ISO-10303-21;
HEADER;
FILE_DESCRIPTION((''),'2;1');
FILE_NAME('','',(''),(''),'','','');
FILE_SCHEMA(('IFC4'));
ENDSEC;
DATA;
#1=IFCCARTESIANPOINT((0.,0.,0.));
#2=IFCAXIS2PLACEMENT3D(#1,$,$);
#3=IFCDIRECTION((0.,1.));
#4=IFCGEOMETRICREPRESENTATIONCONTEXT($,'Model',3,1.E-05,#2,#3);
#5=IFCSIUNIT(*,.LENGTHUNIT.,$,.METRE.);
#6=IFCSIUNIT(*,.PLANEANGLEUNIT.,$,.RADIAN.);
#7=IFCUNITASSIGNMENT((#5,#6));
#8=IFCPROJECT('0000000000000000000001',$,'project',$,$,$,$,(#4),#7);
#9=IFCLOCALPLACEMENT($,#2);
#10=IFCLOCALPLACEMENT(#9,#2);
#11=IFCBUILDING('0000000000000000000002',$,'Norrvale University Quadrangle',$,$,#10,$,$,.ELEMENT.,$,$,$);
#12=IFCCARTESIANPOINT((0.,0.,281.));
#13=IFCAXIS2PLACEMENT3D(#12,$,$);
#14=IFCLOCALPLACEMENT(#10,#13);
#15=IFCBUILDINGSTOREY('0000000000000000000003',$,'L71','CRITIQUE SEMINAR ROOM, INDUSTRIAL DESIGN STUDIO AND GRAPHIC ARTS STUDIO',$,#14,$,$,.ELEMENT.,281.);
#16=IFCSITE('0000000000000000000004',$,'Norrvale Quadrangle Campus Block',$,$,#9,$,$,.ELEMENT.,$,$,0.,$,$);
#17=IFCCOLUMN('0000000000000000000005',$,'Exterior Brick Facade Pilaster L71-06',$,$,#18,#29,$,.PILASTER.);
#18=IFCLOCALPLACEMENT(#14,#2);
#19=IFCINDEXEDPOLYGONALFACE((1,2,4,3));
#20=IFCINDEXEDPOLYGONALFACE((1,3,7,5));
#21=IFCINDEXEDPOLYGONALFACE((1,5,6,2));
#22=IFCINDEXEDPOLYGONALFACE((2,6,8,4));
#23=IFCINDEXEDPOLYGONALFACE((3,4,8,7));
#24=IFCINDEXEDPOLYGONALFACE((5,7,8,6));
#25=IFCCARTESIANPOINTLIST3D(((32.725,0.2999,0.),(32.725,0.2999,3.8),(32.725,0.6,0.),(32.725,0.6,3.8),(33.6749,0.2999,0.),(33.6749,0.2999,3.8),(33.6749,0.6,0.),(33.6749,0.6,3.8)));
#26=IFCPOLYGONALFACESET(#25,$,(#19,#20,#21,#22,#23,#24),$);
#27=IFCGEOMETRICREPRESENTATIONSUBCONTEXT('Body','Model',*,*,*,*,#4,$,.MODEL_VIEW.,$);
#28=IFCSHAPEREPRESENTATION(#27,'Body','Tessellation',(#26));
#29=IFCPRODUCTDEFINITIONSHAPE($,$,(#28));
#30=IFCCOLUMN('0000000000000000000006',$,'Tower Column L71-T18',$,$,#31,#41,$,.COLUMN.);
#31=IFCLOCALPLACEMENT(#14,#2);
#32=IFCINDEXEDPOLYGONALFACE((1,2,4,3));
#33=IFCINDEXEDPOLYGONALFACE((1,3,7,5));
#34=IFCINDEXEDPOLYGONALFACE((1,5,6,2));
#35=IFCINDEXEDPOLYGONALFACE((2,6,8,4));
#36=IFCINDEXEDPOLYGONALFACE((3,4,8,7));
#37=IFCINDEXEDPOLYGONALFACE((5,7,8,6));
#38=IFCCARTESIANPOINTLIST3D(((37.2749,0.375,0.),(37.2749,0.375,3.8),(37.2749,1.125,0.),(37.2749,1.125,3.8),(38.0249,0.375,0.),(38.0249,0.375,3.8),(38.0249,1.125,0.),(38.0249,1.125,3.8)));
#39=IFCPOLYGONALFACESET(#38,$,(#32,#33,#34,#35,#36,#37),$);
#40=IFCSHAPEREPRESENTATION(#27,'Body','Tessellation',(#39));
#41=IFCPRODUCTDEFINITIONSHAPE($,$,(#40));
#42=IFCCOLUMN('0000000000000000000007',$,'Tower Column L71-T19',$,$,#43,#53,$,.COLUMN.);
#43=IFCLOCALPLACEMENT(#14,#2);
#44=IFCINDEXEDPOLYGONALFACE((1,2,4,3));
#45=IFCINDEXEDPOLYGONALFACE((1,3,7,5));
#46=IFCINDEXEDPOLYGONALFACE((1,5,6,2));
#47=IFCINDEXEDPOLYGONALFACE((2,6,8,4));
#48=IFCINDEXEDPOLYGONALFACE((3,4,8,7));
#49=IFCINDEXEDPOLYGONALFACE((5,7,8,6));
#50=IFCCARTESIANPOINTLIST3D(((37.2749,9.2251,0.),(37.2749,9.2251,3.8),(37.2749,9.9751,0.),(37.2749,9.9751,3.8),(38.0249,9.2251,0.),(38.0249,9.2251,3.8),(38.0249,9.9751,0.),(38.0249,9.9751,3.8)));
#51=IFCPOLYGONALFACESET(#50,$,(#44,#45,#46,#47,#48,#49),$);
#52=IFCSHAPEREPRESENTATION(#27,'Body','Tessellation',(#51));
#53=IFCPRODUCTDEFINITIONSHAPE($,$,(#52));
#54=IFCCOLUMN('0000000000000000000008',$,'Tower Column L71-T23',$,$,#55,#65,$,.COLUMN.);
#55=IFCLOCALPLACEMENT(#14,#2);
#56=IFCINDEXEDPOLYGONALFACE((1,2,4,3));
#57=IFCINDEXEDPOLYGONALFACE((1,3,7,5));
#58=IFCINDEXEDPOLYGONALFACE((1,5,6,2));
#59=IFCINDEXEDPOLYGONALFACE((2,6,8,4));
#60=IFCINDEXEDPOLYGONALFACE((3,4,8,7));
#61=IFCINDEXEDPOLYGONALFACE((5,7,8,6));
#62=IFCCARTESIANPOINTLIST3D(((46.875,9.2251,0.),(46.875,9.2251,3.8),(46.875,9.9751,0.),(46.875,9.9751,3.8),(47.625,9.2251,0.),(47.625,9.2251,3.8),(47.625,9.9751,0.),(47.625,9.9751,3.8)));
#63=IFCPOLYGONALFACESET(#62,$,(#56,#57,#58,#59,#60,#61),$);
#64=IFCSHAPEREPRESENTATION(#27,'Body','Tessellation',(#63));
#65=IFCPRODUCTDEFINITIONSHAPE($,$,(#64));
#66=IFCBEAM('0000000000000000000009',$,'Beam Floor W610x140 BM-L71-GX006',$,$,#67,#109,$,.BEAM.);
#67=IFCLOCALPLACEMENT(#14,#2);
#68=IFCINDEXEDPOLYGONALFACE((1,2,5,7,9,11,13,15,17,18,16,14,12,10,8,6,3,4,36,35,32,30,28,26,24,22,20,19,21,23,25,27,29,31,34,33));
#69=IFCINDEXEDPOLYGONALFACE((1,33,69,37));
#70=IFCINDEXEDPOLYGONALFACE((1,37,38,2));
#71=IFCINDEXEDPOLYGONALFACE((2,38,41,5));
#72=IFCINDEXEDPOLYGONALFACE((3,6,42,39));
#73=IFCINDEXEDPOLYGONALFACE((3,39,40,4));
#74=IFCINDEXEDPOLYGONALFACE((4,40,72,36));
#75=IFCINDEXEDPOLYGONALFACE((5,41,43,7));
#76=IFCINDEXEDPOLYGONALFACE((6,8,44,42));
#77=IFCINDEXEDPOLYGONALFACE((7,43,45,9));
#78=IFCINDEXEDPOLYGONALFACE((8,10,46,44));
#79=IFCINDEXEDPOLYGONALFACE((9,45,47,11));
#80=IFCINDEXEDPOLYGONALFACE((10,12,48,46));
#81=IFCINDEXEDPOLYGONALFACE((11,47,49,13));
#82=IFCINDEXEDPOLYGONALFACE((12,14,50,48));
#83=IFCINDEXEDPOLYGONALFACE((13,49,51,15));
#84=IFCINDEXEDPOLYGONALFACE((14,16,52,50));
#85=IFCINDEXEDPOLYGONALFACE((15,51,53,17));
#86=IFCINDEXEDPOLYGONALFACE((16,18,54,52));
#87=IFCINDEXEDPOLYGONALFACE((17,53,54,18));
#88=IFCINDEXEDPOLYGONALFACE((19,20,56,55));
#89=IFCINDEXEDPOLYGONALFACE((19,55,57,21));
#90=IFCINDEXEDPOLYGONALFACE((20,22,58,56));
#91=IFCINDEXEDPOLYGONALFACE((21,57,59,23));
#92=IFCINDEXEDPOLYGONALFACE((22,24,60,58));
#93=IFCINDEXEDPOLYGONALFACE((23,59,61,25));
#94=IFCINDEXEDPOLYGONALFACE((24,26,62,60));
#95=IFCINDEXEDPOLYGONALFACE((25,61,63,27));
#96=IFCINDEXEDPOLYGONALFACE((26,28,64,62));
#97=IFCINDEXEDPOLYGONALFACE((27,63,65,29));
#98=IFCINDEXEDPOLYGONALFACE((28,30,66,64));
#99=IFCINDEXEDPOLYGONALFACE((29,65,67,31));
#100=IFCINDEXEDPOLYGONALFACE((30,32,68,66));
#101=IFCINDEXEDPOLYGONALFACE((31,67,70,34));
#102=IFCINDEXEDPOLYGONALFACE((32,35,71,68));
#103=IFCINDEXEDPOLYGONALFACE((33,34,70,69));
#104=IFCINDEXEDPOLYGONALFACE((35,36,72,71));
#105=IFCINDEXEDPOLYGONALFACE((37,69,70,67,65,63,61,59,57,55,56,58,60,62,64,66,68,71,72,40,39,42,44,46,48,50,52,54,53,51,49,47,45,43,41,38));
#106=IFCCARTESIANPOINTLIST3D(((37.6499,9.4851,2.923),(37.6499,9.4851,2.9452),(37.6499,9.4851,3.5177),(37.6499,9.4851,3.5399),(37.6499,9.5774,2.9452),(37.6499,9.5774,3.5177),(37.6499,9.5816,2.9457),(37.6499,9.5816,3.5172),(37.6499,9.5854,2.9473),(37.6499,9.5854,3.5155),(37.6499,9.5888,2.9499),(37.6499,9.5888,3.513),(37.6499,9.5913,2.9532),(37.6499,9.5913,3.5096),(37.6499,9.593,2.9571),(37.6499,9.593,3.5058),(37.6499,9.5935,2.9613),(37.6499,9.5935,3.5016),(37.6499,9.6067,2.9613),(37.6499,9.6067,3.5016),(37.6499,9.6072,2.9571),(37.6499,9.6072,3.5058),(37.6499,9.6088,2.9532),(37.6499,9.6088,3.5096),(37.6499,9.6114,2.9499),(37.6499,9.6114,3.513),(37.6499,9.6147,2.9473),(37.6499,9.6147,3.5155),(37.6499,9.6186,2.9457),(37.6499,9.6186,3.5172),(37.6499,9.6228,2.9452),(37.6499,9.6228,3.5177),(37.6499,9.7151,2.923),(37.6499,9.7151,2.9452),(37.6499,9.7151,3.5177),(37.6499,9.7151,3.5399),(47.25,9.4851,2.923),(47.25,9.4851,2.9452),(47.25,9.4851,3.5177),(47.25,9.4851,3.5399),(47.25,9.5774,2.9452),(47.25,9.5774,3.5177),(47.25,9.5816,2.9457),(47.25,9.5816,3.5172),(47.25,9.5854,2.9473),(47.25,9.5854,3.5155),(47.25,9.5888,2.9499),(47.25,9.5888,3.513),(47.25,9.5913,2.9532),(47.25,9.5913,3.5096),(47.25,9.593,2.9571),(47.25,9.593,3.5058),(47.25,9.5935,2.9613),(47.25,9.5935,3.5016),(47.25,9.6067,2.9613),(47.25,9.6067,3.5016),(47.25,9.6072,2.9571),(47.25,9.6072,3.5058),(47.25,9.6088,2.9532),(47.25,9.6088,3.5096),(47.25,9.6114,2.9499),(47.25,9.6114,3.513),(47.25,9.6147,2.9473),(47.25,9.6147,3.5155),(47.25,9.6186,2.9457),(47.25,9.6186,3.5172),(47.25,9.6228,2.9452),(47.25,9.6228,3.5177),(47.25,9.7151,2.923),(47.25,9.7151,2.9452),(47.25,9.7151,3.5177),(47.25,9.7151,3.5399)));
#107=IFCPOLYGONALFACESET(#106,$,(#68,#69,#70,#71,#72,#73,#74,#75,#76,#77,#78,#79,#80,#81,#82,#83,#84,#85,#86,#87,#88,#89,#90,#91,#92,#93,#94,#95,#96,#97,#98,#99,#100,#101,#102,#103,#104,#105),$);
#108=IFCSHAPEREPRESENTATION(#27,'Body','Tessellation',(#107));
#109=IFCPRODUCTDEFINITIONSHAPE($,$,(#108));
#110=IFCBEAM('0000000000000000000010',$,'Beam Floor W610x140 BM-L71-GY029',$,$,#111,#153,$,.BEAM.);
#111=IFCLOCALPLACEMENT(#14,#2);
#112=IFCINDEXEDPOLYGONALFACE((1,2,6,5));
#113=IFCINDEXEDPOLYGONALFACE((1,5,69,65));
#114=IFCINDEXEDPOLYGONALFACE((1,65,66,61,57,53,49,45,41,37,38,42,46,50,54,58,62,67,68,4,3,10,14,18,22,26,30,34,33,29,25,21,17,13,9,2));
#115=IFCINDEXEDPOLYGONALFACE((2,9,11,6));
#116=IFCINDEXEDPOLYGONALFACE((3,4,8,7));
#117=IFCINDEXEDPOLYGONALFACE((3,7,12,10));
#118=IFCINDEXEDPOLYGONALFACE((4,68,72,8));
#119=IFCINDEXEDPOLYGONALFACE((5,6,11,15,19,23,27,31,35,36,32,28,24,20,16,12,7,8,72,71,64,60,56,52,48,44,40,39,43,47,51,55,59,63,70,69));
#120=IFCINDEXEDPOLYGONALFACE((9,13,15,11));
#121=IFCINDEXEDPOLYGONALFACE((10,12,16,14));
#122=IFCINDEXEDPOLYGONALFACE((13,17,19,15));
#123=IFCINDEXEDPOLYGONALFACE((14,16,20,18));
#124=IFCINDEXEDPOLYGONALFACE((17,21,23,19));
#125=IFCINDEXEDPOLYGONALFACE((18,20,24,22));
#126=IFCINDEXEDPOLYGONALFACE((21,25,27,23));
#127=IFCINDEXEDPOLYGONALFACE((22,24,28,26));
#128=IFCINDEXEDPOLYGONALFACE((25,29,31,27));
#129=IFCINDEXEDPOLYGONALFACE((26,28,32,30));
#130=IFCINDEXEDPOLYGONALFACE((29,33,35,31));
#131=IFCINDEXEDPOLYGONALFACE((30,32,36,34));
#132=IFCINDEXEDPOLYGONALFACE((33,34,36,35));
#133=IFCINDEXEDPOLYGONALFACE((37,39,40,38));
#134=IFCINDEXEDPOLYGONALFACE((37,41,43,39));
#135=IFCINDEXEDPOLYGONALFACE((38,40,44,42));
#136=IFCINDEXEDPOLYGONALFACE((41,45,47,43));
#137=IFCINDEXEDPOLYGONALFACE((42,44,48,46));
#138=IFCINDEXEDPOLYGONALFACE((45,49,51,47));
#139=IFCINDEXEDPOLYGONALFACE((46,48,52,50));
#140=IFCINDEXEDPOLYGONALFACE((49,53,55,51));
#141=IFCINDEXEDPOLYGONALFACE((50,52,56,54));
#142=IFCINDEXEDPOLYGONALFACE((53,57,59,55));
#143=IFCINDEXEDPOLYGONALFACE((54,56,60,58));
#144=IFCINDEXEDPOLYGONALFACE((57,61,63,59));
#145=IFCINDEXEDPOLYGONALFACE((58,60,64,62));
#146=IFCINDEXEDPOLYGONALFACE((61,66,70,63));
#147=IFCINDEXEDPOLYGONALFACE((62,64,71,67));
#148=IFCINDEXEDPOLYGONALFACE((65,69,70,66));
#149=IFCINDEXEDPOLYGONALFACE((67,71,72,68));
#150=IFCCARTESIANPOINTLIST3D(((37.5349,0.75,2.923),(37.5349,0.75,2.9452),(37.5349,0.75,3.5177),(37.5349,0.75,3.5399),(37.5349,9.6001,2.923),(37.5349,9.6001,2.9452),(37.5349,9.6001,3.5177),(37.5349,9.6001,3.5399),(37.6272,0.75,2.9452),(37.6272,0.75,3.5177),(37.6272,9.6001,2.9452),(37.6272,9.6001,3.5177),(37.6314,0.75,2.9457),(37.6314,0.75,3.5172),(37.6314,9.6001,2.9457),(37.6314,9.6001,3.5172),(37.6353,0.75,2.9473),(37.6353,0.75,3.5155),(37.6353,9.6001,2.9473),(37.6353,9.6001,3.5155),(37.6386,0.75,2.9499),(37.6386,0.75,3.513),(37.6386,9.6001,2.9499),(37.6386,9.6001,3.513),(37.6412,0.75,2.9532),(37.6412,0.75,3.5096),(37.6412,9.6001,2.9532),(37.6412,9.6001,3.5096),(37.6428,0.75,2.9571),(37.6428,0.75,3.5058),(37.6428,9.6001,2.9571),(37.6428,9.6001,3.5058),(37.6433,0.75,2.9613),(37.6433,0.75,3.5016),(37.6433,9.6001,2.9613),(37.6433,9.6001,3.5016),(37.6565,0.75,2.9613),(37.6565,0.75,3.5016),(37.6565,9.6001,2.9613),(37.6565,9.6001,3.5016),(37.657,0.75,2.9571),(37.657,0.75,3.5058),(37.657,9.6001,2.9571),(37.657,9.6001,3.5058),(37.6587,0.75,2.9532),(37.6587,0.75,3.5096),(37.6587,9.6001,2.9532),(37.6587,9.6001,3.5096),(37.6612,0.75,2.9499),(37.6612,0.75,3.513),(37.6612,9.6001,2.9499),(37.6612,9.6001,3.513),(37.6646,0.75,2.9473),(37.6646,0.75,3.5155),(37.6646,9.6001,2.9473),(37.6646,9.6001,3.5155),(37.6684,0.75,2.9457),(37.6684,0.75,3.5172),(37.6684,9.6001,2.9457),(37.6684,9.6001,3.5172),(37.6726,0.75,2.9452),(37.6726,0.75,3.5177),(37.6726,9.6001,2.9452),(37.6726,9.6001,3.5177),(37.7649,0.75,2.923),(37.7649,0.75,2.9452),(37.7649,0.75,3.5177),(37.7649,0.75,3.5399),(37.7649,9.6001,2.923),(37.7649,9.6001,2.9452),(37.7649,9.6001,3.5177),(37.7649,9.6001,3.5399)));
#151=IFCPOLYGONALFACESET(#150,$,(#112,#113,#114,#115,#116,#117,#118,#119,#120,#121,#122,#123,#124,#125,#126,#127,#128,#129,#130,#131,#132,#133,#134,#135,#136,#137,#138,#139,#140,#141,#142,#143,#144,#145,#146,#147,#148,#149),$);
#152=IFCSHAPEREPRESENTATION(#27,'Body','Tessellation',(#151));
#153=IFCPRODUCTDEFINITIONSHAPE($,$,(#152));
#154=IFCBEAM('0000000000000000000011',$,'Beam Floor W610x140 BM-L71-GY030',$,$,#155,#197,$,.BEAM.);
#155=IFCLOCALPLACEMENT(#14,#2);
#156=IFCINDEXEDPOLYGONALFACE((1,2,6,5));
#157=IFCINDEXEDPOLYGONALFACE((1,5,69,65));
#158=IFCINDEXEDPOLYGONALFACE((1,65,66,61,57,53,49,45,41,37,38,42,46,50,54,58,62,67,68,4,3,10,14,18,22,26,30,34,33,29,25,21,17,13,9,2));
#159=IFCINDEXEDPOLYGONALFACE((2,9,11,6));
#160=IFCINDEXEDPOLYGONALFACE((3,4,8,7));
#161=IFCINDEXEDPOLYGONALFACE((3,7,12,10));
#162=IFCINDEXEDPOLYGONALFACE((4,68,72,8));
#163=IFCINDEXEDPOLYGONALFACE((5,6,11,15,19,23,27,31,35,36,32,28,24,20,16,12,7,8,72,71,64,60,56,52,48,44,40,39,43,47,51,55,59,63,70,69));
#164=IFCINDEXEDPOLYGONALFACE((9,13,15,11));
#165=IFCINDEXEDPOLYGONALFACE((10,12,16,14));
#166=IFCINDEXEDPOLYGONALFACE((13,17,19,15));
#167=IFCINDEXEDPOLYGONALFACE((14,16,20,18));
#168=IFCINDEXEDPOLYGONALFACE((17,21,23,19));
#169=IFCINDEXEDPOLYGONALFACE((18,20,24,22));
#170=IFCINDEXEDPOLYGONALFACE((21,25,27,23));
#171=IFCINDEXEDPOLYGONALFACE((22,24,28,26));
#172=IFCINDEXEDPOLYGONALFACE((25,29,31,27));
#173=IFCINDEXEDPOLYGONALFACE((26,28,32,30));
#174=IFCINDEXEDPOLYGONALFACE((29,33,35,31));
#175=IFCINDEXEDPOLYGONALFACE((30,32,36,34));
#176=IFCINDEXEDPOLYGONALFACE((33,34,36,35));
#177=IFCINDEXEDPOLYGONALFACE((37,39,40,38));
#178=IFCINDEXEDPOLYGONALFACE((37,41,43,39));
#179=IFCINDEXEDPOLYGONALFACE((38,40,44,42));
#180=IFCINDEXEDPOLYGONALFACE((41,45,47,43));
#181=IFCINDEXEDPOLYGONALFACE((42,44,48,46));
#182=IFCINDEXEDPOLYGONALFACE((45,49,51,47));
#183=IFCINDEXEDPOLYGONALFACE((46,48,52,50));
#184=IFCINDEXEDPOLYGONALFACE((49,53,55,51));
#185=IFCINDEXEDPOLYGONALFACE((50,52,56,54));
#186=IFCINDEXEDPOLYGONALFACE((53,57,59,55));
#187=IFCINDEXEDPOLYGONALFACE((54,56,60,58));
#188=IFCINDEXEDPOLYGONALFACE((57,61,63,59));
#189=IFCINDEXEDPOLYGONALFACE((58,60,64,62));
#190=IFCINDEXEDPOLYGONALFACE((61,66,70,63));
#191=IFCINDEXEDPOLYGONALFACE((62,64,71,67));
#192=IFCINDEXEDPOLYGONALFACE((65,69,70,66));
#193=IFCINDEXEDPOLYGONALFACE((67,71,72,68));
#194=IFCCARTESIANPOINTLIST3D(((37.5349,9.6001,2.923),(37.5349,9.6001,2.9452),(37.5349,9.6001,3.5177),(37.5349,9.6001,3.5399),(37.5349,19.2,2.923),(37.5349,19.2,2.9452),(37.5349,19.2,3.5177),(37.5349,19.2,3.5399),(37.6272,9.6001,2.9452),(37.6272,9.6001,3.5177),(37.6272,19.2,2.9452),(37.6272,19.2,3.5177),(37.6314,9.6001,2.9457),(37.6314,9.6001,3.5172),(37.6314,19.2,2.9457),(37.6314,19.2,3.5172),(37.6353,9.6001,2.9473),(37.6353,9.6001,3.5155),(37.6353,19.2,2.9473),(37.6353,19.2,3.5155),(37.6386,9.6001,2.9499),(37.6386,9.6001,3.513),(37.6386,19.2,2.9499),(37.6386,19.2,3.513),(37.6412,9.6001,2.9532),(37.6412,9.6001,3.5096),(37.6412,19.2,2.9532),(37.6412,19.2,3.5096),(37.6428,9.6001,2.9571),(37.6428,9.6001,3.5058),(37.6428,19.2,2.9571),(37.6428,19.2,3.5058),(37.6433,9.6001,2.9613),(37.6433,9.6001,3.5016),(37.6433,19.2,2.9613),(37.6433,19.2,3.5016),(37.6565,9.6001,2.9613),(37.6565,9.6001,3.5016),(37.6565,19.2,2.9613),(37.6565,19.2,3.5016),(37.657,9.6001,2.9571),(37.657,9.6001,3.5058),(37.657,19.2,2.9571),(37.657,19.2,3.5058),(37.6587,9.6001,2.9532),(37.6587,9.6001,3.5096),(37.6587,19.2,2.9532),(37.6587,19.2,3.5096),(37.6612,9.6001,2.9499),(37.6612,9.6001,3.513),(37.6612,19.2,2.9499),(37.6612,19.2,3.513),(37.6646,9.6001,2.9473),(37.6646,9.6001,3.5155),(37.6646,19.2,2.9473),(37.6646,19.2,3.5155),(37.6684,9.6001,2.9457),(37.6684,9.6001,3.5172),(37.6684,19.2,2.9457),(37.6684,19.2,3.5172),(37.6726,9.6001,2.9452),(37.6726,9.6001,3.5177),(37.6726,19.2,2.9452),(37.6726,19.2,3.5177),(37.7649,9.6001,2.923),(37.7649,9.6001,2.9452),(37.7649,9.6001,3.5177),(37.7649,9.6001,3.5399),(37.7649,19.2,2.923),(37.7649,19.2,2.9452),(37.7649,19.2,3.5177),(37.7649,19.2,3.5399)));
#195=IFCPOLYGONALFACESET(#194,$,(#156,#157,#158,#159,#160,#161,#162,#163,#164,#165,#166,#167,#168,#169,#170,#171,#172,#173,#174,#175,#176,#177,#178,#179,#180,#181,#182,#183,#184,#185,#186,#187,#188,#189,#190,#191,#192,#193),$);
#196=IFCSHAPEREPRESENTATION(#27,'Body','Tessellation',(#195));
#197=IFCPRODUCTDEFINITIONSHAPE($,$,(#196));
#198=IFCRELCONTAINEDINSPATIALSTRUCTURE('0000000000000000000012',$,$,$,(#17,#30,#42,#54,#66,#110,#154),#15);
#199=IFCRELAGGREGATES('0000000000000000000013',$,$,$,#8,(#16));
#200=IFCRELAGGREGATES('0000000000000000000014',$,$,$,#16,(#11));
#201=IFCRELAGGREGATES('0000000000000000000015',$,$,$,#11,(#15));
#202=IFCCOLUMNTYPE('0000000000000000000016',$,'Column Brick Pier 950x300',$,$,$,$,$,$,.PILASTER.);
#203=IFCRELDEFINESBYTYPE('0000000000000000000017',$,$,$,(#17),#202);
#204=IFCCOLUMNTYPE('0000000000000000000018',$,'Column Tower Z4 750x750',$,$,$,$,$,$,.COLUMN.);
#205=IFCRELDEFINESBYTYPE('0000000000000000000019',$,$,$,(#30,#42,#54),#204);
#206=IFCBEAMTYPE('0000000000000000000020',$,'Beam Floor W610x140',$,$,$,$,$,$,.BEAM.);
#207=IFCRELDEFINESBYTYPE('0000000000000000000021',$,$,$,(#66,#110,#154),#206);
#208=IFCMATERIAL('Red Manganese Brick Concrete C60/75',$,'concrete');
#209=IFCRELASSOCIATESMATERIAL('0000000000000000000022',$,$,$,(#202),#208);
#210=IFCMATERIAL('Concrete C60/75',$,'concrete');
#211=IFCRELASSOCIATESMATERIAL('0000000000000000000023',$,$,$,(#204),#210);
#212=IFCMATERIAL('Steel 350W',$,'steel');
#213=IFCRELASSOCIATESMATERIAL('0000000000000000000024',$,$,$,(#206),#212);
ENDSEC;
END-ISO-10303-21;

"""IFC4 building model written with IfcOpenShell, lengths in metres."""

from ifc_helpers import new_model, si_unit, direction, frame, origin, origin_2d, place, context, subcontext, project, spatial, rectangle, i_section, extrude, material, material_profile, profile_set, type_object, element, save


model = new_model("IFC4")

# Units and contexts
model_context = context("Model", 3, precision=1e-05, world=origin(), true_north=direction((0.0, 1.0)))
body_context = subcontext(model_context, "Body", "Model", "MODEL_VIEW")
ifc_project = project(units=[si_unit("LENGTHUNIT", "METRE"), si_unit("PLANEANGLEUNIT", "RADIAN")], contexts=[model_context])

# Site, building, storey
site_placement = place(None, origin())
site = spatial("IfcSite", under=ifc_project, at=site_placement, Name="Norrvale Quadrangle Campus Block", CompositionType="ELEMENT", RefElevation=0.0)
building_placement = place(site_placement, origin())
building = spatial("IfcBuilding", under=site, at=building_placement, Name="Norrvale University Quadrangle", CompositionType="ELEMENT")
storey_placement = place(building_placement, frame((0.0, 0.0, 281.0)))
storey = spatial("IfcBuildingStorey", under=building, at=storey_placement, Name="L71", Description="CRITIQUE SEMINAR ROOM, INDUSTRIAL DESIGN STUDIO AND GRAPHIC ARTS STUDIO", CompositionType="ELEMENT", Elevation=281.0)

# Columns
ifc_material_1 = material(Name="Red Manganese Brick Concrete C60/75", Category="concrete")
ifc_material_profile_1 = material_profile(ifc_material_1, rectangle(XDim=0.95, YDim=0.3, at=origin_2d()), Name="Red Manganese Brick Concrete C60/75")
ifc_profile_set_1 = profile_set([ifc_material_profile_1], Name="Red Manganese Brick Concrete C60/75")
column_type_1 = type_object("IfcColumnType", Name="Column Brick Pier 950x300", PredefinedType="PILASTER", material=ifc_profile_set_1)
column_placement = place(storey_placement, frame((33.2, 0.45, 0.0), z_axis=(0.0, 0.0, 1.0), x_axis=(1.0, 0.0, 0.0)))
element("IfcColumn", 1, at=column_placement, inside=storey, type_object=column_type_1, Name="Exterior Brick Facade Pilaster L71-06", PredefinedType="PILASTER", context=body_context, shape_type="SweptSolid", body=[
    extrude(rectangle(XDim=0.95, YDim=0.3, at=origin_2d()), origin(), (0.0, 0.0, 1.0), 3.8),
])
ifc_material_2 = material(Name="Concrete C60/75", Category="concrete")
ifc_material_profile_2 = material_profile(ifc_material_2, rectangle(XDim=0.75, YDim=0.75, at=origin_2d()), Name="Concrete C60/75")
ifc_profile_set_2 = profile_set([ifc_material_profile_2], Name="Concrete C60/75")
column_type_2 = type_object("IfcColumnType", Name="Column Tower Z4 750x750", PredefinedType="COLUMN", material=ifc_profile_set_2)
for number, where, z_axis, x_axis, name in (
    (2, (37.6499, 0.75, 0.0), (0.0, 0.0, 1.0), (1.0, 0.0, 0.0), "Tower Column L71-T18"),
    (3, (37.6499, 9.6001, 0.0), (0.0, 0.0, 1.0), (1.0, 0.0, 0.0), "Tower Column L71-T19"),
    (4, (47.25, 9.6001, 0.0), (0.0, 0.0, 1.0), (1.0, 0.0, 0.0), "Tower Column L71-T23"),
):
    element("IfcColumn", number, at=place(storey_placement, frame(where, z_axis=z_axis, x_axis=x_axis)), inside=storey, type_object=column_type_2, Name=name, PredefinedType="COLUMN", context=body_context, shape_type="SweptSolid", body=[
        extrude(rectangle(XDim=0.75, YDim=0.75, at=origin_2d()), origin(), (0.0, 0.0, 1.0), 3.8),
    ])

# Beams
ifc_material_3 = material(Name="Steel 350W", Category="steel")
ifc_material_profile_3 = material_profile(ifc_material_3, i_section(OverallWidth=0.23, OverallDepth=0.6169, WebThickness=0.0132, FlangeThickness=0.0222, FilletRadius=0.0161, at=origin_2d()), Name="Steel 350W")
ifc_profile_set_3 = profile_set([ifc_material_profile_3], Name="Steel 350W")
beam_type = type_object("IfcBeamType", Name="Beam Floor W610x140", PredefinedType="BEAM", material=ifc_profile_set_3)
beam_1_placement = place(storey_placement, frame((37.6499, 9.6001, 3.2314), z_axis=(1.0, 0.0, 0.0), x_axis=(0.0, 1.0, 0.0)))
element("IfcBeam", 5, at=beam_1_placement, inside=storey, type_object=beam_type, Name="Beam Floor W610x140 BM-L71-GX006", PredefinedType="BEAM", context=body_context, shape_type="SweptSolid", body=[
    extrude(i_section(OverallWidth=0.23, OverallDepth=0.6169, WebThickness=0.0132, FlangeThickness=0.0222, FilletRadius=0.0161, at=origin_2d()), origin(), (0.0, 0.0, 1.0), 9.6001),
])
beam_2_placement = place(storey_placement, frame((37.6499, 0.75, 3.2314), z_axis=(0.0, 1.0, 0.0), x_axis=(-1.0, 0.0, 0.0)))
element("IfcBeam", 6, at=beam_2_placement, inside=storey, type_object=beam_type, Name="Beam Floor W610x140 BM-L71-GY029", PredefinedType="BEAM", context=body_context, shape_type="SweptSolid", body=[
    extrude(i_section(OverallWidth=0.23, OverallDepth=0.6169, WebThickness=0.0132, FlangeThickness=0.0222, FilletRadius=0.0161, at=origin_2d()), origin(), (0.0, 0.0, 1.0), 8.8501),
])
for number, where, z_axis, x_axis, name in (
    (7, (37.6499, 9.6001, 3.2314), (0.0, 1.0, 0.0), (-1.0, 0.0, 0.0), "Beam Floor W610x140 BM-L71-GY030"),
):
    element("IfcBeam", number, at=place(storey_placement, frame(where, z_axis=z_axis, x_axis=x_axis)), inside=storey, type_object=beam_type, Name=name, PredefinedType="BEAM", context=body_context, shape_type="SweptSolid", body=[
        extrude(i_section(OverallWidth=0.23, OverallDepth=0.6169, WebThickness=0.0132, FlangeThickness=0.0222, FilletRadius=0.0161, at=origin_2d()), origin(), (0.0, 0.0, 1.0), 9.5999),
    ])

save(model, "model.ifc")
